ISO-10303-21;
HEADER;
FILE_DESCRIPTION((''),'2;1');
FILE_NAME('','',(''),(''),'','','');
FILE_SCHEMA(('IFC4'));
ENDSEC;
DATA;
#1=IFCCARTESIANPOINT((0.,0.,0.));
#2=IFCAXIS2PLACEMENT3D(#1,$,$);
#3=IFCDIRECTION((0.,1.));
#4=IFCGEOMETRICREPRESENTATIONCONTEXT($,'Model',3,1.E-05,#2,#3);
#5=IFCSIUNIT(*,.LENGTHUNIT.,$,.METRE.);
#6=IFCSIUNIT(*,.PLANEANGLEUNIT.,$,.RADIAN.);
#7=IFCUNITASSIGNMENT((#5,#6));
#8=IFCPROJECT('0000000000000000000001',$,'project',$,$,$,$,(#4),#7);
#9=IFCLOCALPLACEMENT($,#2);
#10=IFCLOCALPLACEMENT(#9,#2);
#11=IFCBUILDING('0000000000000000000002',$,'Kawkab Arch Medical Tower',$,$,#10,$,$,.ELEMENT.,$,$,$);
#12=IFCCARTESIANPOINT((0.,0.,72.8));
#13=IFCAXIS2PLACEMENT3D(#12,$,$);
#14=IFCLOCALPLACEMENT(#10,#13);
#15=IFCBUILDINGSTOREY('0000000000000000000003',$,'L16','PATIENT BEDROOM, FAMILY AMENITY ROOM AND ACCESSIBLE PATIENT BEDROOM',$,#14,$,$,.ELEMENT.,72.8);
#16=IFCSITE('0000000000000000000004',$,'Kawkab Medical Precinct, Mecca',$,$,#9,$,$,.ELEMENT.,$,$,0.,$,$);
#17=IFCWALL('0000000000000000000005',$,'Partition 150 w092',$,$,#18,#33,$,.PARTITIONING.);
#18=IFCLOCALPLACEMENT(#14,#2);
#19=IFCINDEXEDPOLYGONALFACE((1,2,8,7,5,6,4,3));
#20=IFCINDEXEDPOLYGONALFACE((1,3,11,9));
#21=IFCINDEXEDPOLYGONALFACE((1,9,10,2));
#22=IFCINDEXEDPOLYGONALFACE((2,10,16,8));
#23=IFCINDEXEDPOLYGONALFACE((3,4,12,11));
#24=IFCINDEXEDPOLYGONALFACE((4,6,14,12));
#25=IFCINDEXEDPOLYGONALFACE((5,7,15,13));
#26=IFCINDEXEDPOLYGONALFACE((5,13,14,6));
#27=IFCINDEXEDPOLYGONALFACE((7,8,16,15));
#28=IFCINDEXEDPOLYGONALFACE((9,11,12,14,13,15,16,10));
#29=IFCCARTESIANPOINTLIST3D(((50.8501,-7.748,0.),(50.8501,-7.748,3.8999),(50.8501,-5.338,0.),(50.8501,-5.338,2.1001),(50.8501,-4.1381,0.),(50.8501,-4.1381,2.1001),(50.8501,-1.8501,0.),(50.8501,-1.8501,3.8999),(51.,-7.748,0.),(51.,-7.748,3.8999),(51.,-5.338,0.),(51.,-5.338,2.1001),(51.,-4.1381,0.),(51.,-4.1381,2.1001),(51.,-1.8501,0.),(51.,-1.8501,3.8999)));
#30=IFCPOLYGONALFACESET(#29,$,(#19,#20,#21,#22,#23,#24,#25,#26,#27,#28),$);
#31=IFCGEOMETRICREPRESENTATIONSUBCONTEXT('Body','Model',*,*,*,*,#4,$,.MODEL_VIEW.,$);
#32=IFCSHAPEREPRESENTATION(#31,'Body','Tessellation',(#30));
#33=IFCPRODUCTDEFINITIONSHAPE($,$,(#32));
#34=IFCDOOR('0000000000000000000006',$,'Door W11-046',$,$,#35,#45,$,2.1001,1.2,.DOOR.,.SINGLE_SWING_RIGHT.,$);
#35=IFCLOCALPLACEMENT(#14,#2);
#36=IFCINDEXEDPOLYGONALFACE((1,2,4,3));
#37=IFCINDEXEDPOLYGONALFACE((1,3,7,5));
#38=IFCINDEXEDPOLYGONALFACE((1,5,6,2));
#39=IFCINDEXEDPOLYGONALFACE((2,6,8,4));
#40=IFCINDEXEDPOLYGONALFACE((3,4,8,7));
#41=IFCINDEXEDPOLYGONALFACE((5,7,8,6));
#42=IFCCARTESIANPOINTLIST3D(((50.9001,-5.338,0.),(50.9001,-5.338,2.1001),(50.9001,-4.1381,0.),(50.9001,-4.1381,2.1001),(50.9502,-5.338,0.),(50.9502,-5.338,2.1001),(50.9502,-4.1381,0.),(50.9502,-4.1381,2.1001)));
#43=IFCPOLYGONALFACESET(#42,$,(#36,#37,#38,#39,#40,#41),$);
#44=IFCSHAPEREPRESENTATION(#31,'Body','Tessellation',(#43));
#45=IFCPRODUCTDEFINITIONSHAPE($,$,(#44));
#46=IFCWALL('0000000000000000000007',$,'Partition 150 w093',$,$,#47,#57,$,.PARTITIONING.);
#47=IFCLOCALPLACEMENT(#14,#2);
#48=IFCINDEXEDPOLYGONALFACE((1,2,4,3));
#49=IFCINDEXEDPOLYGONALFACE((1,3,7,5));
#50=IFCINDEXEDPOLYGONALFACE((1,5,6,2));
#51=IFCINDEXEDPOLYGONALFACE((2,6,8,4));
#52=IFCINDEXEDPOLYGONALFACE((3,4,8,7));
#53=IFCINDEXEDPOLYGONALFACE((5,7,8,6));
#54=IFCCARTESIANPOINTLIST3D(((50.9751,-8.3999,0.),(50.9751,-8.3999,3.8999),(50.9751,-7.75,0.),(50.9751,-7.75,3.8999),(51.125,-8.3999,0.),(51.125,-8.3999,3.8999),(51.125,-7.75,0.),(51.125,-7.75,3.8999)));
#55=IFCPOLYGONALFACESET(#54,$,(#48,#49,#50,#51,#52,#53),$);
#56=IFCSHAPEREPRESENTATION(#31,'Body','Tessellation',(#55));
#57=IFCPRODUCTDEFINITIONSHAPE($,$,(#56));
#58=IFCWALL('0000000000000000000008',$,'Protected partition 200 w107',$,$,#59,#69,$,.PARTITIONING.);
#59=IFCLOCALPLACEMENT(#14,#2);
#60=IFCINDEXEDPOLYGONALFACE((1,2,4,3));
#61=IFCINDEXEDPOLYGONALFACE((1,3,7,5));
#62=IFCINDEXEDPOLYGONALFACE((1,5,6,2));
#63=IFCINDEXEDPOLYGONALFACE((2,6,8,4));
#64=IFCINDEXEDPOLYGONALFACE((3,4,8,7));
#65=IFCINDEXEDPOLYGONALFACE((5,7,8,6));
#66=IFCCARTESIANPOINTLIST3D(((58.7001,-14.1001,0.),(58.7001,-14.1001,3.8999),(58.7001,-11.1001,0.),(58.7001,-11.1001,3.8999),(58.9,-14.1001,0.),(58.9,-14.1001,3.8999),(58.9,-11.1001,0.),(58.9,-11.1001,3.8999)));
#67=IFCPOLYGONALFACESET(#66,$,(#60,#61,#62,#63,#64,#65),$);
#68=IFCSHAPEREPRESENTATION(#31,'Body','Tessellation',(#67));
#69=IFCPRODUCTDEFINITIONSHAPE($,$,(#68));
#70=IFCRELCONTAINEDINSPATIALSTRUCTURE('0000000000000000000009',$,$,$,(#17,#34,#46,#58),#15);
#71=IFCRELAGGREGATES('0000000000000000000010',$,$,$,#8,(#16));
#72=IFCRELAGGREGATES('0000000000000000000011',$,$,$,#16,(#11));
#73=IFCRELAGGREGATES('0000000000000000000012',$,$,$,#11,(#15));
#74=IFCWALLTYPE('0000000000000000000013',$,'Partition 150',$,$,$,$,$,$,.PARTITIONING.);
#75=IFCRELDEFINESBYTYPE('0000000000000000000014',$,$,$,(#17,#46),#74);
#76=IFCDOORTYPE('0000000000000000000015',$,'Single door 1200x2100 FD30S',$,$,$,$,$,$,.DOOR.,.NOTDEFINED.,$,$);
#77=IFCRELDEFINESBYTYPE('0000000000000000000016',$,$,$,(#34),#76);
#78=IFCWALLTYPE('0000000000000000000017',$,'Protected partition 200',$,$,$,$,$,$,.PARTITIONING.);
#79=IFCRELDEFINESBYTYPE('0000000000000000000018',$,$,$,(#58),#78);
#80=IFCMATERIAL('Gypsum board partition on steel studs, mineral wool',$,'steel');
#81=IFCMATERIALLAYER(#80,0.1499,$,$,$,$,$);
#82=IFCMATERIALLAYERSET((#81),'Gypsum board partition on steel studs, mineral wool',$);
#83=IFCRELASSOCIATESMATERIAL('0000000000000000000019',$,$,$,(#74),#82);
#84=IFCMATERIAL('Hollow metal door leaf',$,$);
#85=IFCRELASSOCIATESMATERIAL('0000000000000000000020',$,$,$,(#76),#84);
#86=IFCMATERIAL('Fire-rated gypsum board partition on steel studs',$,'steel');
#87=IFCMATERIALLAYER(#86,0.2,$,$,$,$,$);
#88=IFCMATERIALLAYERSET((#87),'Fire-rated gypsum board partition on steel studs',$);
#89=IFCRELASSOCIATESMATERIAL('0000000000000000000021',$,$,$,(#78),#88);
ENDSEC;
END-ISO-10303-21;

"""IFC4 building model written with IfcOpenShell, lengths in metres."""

from ifc_helpers import new_model, si_unit, direction, frame, frame_2d, origin, place, context, subcontext, project, spatial, rectangle, extrude, material, layer, layer_set, type_object, element, fill, save


model = new_model("IFC4")

# Units and contexts
model_context = context("Model", 3, precision=1e-05, world=origin(), true_north=direction((0.0, 1.0)))
body_context = subcontext(model_context, "Body", "Model", "MODEL_VIEW")
ifc_project = project(units=[si_unit("LENGTHUNIT", "METRE"), si_unit("PLANEANGLEUNIT", "RADIAN")], contexts=[model_context])

# Site, building, storey
site_placement = place(None, origin())
site = spatial("IfcSite", under=ifc_project, at=site_placement, Name="Kawkab Medical Precinct, Mecca", CompositionType="ELEMENT", RefElevation=0.0)
building_placement = place(site_placement, origin())
building = spatial("IfcBuilding", under=site, at=building_placement, Name="Kawkab Arch Medical Tower", CompositionType="ELEMENT")
storey_placement = place(building_placement, frame((0.0, 0.0, 72.8)))
storey = spatial("IfcBuildingStorey", under=building, at=storey_placement, Name="L16", Description="PATIENT BEDROOM, FAMILY AMENITY ROOM AND ACCESSIBLE PATIENT BEDROOM", CompositionType="ELEMENT", Elevation=72.8)

# Shared definitions
ifc_material_1 = material(Name="Gypsum board partition on steel studs, mineral wool", Category="steel")
ifc_layer_1 = layer(ifc_material_1, 0.1499)
ifc_layer_set_1 = layer_set([ifc_layer_1], Name="Gypsum board partition on steel studs, mineral wool")
wall_type_1 = type_object("IfcWallType", Name="Partition 150", PredefinedType="PARTITIONING", material=ifc_layer_set_1)
ifc_material_2 = material(Name="Hollow metal door leaf")
door_type_1 = type_object("IfcDoorType", Name="Single door 1200x2100 FD30S", OperationType="NOTDEFINED", PredefinedType="DOOR", material=ifc_material_2)

# Wall, opening, door
wall_1_placement = place(storey_placement, frame((50.925, -7.748, 0.0), z_axis=(0.0, 0.0, 1.0), x_axis=(0.0, 1.0, 0.0)))
wall_1 = element("IfcWall", 1, at=wall_1_placement, inside=storey, type_object=wall_type_1, Name="Partition 150 w092", PredefinedType="PARTITIONING", context=body_context, shape_type="SweptSolid", body=[
    extrude(rectangle(XDim=5.8979, YDim=0.1499, at=frame_2d((2.949, 0.0))), origin(), (0.0, 0.0, 1.0), 3.8999),
])
opening_1_placement = place(wall_1_placement, frame((2.4099, 0.0, 0.0)))
opening_1 = element("IfcOpeningElement", 2, at=opening_1_placement, cuts=wall_1, PredefinedType="OPENING", context=body_context, shape_type="SweptSolid", body=[
    extrude(rectangle(XDim=1.2, YDim=2.1001, at=frame_2d((0.6001, 1.05))), frame((0.0, 0.085, 0.0), z_axis=(0.0, -1.0, 0.0), x_axis=(1.0, 0.0, 0.0)), (0.0, 0.0, 1.0), 0.1699),
])
door_1_placement = place(opening_1_placement, origin())
door_1 = element("IfcDoor", 3, at=door_1_placement, inside=storey, type_object=door_type_1, Name="Door W11-046", OperationType="SINGLE_SWING_RIGHT", OverallHeight=2.1001, OverallWidth=1.2, PredefinedType="DOOR", context=body_context, shape_type="SweptSolid", body=[
    extrude(rectangle(XDim=1.2, YDim=2.1001, at=frame_2d((0.6001, 1.05))), frame((0.0, 0.0249, 0.0), z_axis=(0.0, -1.0, 0.0), x_axis=(1.0, 0.0, 0.0)), (0.0, 0.0, 1.0), 0.05),
])
fill(opening_1, door_1)

# Walls
wall_2_placement = place(storey_placement, frame((51.05, -8.3999, 0.0), z_axis=(0.0, 0.0, 1.0), x_axis=(0.0, 1.0, 0.0)))
element("IfcWall", 4, at=wall_2_placement, inside=storey, type_object=wall_type_1, Name="Partition 150 w093", PredefinedType="PARTITIONING", context=body_context, shape_type="SweptSolid", body=[
    extrude(rectangle(XDim=0.6499, YDim=0.1499, at=frame_2d((0.325, 0.0))), origin(), (0.0, 0.0, 1.0), 3.8999),
])
ifc_material_3 = material(Name="Fire-rated gypsum board partition on steel studs", Category="steel")
ifc_layer_2 = layer(ifc_material_3, 0.2)
ifc_layer_set_2 = layer_set([ifc_layer_2], Name="Fire-rated gypsum board partition on steel studs")
wall_type_2 = type_object("IfcWallType", Name="Protected partition 200", PredefinedType="PARTITIONING", material=ifc_layer_set_2)
wall_3_placement = place(storey_placement, frame((58.8, -14.1001, 0.0), z_axis=(0.0, 0.0, 1.0), x_axis=(0.0, 1.0, 0.0)))
element("IfcWall", 5, at=wall_3_placement, inside=storey, type_object=wall_type_2, Name="Protected partition 200 w107", PredefinedType="PARTITIONING", context=body_context, shape_type="SweptSolid", body=[
    extrude(rectangle(XDim=3.0, YDim=0.2, at=frame_2d((1.5, 0.0))), origin(), (0.0, 0.0, 1.0), 3.8999),
])

save(model, "model.ifc")
